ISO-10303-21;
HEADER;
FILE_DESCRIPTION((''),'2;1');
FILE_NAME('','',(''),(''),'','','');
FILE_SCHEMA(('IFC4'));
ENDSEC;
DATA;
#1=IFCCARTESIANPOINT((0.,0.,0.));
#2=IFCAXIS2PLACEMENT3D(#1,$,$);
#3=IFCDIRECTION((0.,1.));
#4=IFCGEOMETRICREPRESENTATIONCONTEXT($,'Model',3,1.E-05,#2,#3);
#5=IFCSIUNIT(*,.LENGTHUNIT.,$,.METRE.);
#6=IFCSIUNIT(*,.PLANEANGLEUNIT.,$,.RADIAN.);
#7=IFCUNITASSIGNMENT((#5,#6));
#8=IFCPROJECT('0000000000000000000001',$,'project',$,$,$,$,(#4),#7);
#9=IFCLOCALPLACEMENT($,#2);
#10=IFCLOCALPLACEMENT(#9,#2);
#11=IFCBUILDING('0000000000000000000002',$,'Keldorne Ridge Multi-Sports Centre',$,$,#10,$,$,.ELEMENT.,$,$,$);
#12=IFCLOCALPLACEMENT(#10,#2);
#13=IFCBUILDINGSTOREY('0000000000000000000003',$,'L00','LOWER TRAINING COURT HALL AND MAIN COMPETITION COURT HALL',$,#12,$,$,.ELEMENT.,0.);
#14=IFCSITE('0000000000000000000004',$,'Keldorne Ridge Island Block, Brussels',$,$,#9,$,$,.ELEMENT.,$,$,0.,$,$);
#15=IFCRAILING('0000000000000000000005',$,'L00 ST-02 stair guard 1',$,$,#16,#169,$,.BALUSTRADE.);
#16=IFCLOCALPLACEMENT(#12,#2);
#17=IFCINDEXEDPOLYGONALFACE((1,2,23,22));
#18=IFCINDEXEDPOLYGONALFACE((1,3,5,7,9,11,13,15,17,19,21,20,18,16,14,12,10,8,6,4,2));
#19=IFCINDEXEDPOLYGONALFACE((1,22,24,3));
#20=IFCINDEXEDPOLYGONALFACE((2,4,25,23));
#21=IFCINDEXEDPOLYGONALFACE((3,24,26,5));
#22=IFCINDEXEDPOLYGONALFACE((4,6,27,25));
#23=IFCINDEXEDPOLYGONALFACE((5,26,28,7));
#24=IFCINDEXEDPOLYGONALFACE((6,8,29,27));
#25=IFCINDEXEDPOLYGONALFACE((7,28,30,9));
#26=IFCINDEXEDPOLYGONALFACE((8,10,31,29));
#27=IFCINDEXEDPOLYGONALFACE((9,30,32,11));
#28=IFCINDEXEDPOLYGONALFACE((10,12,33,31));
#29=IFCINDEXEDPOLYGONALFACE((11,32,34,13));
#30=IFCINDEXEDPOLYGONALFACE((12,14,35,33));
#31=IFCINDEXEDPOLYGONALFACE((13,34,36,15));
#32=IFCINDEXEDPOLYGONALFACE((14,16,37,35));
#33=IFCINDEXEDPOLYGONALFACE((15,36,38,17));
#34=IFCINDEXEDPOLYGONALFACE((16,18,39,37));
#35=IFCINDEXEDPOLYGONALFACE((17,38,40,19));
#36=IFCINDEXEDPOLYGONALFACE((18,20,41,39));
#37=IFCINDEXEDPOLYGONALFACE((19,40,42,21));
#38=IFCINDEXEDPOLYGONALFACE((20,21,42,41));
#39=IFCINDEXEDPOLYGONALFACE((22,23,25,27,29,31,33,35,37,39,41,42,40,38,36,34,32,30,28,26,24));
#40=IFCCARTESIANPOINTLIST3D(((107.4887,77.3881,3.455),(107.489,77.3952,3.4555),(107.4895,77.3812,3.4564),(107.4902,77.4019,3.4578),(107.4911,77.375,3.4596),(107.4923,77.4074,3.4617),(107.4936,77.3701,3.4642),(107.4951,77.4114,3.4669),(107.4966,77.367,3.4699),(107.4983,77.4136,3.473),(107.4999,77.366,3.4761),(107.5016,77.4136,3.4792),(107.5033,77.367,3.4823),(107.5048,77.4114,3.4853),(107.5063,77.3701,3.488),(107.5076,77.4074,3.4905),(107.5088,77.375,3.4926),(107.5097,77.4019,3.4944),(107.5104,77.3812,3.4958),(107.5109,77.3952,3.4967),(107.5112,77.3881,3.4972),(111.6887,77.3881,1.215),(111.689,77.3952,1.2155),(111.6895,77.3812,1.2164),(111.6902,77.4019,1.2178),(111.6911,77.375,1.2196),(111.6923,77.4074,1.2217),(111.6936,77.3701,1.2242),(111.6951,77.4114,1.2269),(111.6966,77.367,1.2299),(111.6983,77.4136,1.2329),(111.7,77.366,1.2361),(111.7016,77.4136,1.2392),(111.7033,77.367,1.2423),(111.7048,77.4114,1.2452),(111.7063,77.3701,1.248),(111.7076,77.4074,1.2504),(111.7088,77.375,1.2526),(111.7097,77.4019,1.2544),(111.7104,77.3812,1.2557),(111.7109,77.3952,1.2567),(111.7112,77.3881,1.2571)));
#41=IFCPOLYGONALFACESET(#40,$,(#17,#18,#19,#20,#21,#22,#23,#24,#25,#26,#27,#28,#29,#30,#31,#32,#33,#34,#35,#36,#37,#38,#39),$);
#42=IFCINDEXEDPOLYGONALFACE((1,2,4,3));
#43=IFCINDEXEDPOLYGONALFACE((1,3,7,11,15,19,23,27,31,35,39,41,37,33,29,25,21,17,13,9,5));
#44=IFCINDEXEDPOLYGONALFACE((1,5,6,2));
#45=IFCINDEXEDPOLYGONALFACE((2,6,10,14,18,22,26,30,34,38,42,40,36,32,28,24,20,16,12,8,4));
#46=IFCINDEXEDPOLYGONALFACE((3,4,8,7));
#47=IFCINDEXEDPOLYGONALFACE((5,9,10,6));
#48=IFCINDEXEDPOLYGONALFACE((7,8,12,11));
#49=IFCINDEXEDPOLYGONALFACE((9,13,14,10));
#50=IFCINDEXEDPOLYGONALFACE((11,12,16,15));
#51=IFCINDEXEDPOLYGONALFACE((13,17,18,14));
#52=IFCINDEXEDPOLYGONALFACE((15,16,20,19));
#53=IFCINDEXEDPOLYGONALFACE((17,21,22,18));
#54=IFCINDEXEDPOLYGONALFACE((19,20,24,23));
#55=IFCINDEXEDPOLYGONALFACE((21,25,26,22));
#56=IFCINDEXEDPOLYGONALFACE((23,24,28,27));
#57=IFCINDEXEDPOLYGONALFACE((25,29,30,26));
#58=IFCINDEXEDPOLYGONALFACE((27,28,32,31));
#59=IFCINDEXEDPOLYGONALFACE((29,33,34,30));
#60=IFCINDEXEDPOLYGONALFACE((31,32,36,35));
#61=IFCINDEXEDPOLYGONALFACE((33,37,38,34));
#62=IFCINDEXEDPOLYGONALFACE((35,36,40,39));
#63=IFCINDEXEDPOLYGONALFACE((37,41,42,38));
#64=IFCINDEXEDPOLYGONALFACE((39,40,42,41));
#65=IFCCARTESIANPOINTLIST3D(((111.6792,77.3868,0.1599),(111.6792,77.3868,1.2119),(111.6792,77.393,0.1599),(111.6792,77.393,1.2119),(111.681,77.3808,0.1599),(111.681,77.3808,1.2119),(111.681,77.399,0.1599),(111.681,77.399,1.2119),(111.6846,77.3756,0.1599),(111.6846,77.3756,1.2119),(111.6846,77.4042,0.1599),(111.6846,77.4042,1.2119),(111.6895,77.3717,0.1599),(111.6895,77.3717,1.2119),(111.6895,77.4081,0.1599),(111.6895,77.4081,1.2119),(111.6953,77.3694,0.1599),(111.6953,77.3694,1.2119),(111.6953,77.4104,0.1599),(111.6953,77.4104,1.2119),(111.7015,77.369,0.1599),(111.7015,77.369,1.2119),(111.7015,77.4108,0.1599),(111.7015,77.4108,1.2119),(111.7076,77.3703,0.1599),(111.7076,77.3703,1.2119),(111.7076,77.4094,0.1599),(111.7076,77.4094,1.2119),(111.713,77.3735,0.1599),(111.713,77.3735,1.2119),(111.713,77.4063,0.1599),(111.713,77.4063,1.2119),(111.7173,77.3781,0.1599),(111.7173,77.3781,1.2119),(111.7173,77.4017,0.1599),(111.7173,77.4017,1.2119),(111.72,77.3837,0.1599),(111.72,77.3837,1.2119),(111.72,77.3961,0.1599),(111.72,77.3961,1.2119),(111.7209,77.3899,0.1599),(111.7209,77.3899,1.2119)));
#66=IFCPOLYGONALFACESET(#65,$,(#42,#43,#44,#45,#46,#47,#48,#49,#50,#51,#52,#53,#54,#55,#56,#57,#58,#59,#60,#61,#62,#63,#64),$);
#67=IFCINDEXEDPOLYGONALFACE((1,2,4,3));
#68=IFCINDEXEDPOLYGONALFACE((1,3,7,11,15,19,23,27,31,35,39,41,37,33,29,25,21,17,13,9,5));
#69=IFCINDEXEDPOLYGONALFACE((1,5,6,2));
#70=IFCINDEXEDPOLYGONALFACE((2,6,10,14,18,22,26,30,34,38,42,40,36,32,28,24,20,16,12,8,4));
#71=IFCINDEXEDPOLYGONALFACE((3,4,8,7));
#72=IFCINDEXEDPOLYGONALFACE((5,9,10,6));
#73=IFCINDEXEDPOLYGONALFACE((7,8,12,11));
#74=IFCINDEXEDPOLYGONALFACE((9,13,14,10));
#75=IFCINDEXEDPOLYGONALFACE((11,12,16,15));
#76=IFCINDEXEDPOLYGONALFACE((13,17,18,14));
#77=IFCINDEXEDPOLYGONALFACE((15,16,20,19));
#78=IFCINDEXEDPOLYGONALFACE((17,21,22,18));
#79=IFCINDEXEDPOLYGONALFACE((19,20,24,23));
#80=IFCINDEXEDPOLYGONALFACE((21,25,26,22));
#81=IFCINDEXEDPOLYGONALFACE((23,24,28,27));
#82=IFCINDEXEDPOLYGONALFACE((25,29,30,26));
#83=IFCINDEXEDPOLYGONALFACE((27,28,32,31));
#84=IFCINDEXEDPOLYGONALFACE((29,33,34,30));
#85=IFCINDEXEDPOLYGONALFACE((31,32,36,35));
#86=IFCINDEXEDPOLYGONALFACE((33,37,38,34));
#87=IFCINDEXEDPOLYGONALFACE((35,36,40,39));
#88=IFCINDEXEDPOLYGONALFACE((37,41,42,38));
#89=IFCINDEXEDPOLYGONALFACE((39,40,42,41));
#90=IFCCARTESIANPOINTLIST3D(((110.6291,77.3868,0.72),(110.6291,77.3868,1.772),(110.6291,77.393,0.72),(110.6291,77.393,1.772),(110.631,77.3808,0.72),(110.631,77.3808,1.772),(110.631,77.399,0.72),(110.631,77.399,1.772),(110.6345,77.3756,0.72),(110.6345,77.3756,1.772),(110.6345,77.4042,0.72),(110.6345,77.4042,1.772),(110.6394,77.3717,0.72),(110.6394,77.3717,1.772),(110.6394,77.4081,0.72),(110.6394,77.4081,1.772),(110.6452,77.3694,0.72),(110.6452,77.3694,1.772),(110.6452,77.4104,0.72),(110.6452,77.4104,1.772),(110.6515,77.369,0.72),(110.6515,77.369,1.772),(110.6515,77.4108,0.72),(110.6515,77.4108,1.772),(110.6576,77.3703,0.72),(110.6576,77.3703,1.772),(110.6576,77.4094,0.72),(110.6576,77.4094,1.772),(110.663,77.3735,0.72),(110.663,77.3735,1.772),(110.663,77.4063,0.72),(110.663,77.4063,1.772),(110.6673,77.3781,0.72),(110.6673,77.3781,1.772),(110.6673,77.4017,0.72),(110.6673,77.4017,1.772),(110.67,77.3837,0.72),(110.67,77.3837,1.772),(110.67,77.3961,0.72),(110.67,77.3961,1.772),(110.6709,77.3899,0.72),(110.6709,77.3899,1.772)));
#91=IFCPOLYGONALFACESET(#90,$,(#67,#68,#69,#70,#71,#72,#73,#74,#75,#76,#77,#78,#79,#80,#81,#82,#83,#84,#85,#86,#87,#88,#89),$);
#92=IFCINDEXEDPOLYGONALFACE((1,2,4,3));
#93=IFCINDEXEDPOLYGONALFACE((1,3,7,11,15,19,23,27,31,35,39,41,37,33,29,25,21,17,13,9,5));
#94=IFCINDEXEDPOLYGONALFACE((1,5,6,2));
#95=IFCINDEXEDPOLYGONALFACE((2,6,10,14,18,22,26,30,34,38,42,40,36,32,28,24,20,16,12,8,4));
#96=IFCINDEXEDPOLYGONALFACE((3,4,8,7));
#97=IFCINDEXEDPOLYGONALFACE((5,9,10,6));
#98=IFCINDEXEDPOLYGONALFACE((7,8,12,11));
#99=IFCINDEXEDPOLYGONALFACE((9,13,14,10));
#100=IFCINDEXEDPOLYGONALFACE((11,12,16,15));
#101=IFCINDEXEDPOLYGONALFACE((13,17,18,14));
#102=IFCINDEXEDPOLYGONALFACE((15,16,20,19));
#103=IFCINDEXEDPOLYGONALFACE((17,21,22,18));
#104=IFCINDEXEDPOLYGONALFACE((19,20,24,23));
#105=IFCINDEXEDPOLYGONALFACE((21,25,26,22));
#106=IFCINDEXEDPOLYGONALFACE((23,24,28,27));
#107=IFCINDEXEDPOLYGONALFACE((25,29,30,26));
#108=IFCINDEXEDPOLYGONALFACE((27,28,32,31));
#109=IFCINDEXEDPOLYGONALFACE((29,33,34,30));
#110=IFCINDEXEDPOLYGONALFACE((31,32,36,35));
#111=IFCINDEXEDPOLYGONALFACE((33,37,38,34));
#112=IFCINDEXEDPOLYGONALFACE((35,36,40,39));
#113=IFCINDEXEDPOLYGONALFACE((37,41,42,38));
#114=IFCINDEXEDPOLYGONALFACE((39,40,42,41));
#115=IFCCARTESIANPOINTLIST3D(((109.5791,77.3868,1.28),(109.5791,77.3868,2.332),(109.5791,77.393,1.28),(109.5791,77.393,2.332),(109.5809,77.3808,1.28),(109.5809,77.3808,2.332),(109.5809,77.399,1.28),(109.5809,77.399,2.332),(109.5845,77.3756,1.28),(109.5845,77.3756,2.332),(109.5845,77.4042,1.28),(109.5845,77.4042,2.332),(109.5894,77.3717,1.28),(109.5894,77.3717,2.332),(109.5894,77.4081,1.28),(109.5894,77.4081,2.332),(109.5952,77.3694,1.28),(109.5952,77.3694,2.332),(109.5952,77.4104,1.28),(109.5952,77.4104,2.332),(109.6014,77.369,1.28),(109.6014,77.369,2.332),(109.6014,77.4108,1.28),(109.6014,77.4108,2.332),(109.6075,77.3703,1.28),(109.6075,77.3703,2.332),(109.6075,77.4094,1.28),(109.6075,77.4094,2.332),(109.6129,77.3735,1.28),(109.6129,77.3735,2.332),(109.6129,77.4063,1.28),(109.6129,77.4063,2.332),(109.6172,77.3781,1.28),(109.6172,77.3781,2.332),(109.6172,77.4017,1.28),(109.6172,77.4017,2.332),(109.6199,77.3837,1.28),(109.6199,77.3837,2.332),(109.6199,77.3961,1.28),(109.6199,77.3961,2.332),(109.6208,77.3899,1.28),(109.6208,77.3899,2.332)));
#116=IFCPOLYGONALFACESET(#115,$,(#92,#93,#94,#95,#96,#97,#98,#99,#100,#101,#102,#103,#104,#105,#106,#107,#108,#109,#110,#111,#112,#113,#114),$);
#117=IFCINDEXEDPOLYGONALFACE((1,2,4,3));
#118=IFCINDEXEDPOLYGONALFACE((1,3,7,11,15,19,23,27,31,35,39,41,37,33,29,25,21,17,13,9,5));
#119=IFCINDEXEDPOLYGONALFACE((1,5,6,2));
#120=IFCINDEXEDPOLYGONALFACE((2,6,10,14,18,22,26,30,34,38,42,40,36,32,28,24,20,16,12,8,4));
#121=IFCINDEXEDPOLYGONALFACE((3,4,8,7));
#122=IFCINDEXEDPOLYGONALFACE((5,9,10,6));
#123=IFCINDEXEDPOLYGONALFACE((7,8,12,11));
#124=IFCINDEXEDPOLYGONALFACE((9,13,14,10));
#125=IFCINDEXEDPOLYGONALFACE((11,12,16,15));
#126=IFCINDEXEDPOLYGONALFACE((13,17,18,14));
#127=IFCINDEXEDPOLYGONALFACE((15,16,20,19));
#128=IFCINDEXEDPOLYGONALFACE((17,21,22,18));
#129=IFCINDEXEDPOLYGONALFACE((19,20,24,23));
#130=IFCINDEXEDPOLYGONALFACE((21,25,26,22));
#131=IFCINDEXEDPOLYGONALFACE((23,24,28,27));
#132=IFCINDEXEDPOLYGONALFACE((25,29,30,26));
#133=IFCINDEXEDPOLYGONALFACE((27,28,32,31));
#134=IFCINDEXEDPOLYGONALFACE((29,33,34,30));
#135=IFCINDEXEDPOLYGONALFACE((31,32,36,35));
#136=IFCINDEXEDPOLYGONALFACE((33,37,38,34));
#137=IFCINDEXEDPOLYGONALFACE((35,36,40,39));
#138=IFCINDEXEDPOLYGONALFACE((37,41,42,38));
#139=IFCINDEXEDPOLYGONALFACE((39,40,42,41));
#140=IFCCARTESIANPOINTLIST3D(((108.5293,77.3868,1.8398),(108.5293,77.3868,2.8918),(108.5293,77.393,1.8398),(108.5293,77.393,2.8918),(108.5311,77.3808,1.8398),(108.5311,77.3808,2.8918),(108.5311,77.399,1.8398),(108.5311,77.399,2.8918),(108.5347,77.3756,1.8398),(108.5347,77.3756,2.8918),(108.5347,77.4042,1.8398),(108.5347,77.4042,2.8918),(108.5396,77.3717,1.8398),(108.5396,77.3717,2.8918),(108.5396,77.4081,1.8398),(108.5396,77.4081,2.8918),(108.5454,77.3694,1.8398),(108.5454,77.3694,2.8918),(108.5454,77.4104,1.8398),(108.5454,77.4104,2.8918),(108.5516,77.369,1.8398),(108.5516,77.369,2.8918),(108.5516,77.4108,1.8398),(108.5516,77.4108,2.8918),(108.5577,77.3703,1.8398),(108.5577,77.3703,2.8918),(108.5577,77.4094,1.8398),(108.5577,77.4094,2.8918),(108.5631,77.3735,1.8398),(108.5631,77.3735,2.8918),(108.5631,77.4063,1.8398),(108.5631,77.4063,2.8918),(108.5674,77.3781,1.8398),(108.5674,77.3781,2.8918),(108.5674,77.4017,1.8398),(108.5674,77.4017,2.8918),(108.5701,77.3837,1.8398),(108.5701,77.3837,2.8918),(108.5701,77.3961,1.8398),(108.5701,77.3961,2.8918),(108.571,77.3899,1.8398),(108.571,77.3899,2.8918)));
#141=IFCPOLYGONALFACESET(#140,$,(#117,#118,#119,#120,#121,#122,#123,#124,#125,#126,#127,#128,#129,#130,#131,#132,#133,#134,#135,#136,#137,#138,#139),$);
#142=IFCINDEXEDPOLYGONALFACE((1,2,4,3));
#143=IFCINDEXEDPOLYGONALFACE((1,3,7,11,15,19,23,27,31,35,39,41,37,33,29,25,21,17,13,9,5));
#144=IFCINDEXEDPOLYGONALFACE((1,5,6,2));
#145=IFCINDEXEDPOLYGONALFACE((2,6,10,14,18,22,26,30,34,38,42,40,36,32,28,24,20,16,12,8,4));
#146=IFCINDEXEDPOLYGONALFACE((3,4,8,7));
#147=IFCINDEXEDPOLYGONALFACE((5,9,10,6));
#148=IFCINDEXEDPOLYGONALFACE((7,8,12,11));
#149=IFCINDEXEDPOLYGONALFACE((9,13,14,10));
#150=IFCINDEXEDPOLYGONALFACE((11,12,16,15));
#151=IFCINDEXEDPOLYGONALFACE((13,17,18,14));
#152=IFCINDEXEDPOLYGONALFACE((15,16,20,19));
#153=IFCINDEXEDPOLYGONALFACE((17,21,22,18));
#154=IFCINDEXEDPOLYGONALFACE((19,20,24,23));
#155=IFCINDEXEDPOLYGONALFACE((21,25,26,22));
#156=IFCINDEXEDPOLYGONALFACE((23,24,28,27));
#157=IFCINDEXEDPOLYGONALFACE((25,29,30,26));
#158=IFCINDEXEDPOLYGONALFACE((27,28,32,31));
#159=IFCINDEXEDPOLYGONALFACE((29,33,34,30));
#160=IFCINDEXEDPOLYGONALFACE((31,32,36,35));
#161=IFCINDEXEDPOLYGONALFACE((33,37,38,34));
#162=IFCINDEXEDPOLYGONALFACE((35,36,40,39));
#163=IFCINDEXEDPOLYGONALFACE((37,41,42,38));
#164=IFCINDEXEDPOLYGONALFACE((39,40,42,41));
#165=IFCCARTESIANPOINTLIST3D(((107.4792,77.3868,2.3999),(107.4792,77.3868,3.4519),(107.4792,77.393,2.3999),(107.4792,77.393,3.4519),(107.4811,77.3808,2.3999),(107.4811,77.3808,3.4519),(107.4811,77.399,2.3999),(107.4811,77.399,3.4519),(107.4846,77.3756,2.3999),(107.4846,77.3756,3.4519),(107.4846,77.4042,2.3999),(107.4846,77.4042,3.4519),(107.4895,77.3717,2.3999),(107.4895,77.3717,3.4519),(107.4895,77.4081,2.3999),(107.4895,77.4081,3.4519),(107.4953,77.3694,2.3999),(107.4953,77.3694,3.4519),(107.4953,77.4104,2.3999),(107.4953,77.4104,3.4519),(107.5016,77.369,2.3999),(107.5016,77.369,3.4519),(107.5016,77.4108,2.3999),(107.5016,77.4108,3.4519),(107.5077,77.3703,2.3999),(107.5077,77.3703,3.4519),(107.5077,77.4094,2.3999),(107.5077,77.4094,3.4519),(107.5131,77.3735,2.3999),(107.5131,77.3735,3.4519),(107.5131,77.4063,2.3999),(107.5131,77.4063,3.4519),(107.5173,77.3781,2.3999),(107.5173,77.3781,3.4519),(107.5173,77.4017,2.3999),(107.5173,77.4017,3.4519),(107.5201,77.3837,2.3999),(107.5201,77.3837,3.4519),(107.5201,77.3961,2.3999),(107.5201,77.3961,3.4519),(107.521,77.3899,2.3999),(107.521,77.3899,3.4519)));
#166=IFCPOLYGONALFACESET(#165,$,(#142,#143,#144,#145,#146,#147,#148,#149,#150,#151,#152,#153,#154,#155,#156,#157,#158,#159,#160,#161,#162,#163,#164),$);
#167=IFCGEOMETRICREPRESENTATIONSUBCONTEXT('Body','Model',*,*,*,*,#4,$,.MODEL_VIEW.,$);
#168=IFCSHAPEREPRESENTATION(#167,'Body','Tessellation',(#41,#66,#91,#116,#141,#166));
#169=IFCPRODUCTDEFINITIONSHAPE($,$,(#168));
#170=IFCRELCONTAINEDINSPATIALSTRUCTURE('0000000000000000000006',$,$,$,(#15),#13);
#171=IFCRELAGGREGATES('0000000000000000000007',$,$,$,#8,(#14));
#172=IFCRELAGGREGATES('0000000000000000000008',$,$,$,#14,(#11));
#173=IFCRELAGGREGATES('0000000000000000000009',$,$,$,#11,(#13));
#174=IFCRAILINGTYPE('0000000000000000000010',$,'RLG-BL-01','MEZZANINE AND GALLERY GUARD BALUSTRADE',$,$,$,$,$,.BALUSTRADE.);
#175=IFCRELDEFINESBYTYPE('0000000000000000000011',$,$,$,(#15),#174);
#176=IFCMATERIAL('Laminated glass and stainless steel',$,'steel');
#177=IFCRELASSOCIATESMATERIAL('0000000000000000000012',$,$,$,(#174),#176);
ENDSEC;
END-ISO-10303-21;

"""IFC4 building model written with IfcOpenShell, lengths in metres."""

from ifc_helpers import new_model, si_unit, direction, frame, origin, origin_2d, place, context, subcontext, project, spatial, circle, extrude, material, type_object, element, save


model = new_model("IFC4")

# Units and contexts
model_context = context("Model", 3, precision=1e-05, world=origin(), true_north=direction((0.0, 1.0)))
body_context = subcontext(model_context, "Body", "Model", "MODEL_VIEW")
ifc_project = project(units=[si_unit("LENGTHUNIT", "METRE"), si_unit("PLANEANGLEUNIT", "RADIAN")], contexts=[model_context])

# Site, building, storey
site_placement = place(None, origin())
site = spatial("IfcSite", under=ifc_project, at=site_placement, Name="Keldorne Ridge Island Block, Brussels", CompositionType="ELEMENT", RefElevation=0.0)
building_placement = place(site_placement, origin())
building = spatial("IfcBuilding", under=site, at=building_placement, Name="Keldorne Ridge Multi-Sports Centre", CompositionType="ELEMENT")
storey_placement = place(building_placement, origin())
storey = spatial("IfcBuildingStorey", under=building, at=storey_placement, Name="L00", Description="LOWER TRAINING COURT HALL AND MAIN COMPETITION COURT HALL", CompositionType="ELEMENT", Elevation=0.0)

# Railing
ifc_material_1 = material(Name="Laminated glass and stainless steel", Category="steel")
railing_type_1 = type_object("IfcRailingType", Name="RLG-BL-01", Description="MEZZANINE AND GALLERY GUARD BALUSTRADE", PredefinedType="BALUSTRADE", material=ifc_material_1)
railing_1_placement = place(storey_placement, frame((111.7, 77.3899, 0.1599)))
element("IfcRailing", 1, at=railing_1_placement, inside=storey, type_object=railing_type_1, Name="L00 ST-02 stair guard 1", PredefinedType="BALUSTRADE", context=body_context, shape_type="SweptSolid", body=[
    extrude(circle(Radius=0.0239, at=origin_2d()), frame((0.0, 0.0, 1.0762), z_axis=(-0.882352, 0.0, 0.470591), x_axis=(0.0, -1.0, 0.0)), (0.0, 0.0, 1.0), 4.76),
    extrude(circle(Radius=0.021, at=origin_2d()), origin(), (0.0, 0.0, 1.0), 1.052),
    extrude(circle(Radius=0.021, at=origin_2d()), frame((-1.05, 0.0, 0.5601)), (0.0, 0.0, 1.0), 1.052),
    extrude(circle(Radius=0.021, at=origin_2d()), frame((-2.1001, 0.0, 1.1201)), (0.0, 0.0, 1.0), 1.052),
    extrude(circle(Radius=0.021, at=origin_2d()), frame((-3.1499, 0.0, 1.6799)), (0.0, 0.0, 1.0), 1.052),
    extrude(circle(Radius=0.021, at=origin_2d()), frame((-4.2, 0.0, 2.24)), (0.0, 0.0, 1.0), 1.052),
])

save(model, "model.ifc")
